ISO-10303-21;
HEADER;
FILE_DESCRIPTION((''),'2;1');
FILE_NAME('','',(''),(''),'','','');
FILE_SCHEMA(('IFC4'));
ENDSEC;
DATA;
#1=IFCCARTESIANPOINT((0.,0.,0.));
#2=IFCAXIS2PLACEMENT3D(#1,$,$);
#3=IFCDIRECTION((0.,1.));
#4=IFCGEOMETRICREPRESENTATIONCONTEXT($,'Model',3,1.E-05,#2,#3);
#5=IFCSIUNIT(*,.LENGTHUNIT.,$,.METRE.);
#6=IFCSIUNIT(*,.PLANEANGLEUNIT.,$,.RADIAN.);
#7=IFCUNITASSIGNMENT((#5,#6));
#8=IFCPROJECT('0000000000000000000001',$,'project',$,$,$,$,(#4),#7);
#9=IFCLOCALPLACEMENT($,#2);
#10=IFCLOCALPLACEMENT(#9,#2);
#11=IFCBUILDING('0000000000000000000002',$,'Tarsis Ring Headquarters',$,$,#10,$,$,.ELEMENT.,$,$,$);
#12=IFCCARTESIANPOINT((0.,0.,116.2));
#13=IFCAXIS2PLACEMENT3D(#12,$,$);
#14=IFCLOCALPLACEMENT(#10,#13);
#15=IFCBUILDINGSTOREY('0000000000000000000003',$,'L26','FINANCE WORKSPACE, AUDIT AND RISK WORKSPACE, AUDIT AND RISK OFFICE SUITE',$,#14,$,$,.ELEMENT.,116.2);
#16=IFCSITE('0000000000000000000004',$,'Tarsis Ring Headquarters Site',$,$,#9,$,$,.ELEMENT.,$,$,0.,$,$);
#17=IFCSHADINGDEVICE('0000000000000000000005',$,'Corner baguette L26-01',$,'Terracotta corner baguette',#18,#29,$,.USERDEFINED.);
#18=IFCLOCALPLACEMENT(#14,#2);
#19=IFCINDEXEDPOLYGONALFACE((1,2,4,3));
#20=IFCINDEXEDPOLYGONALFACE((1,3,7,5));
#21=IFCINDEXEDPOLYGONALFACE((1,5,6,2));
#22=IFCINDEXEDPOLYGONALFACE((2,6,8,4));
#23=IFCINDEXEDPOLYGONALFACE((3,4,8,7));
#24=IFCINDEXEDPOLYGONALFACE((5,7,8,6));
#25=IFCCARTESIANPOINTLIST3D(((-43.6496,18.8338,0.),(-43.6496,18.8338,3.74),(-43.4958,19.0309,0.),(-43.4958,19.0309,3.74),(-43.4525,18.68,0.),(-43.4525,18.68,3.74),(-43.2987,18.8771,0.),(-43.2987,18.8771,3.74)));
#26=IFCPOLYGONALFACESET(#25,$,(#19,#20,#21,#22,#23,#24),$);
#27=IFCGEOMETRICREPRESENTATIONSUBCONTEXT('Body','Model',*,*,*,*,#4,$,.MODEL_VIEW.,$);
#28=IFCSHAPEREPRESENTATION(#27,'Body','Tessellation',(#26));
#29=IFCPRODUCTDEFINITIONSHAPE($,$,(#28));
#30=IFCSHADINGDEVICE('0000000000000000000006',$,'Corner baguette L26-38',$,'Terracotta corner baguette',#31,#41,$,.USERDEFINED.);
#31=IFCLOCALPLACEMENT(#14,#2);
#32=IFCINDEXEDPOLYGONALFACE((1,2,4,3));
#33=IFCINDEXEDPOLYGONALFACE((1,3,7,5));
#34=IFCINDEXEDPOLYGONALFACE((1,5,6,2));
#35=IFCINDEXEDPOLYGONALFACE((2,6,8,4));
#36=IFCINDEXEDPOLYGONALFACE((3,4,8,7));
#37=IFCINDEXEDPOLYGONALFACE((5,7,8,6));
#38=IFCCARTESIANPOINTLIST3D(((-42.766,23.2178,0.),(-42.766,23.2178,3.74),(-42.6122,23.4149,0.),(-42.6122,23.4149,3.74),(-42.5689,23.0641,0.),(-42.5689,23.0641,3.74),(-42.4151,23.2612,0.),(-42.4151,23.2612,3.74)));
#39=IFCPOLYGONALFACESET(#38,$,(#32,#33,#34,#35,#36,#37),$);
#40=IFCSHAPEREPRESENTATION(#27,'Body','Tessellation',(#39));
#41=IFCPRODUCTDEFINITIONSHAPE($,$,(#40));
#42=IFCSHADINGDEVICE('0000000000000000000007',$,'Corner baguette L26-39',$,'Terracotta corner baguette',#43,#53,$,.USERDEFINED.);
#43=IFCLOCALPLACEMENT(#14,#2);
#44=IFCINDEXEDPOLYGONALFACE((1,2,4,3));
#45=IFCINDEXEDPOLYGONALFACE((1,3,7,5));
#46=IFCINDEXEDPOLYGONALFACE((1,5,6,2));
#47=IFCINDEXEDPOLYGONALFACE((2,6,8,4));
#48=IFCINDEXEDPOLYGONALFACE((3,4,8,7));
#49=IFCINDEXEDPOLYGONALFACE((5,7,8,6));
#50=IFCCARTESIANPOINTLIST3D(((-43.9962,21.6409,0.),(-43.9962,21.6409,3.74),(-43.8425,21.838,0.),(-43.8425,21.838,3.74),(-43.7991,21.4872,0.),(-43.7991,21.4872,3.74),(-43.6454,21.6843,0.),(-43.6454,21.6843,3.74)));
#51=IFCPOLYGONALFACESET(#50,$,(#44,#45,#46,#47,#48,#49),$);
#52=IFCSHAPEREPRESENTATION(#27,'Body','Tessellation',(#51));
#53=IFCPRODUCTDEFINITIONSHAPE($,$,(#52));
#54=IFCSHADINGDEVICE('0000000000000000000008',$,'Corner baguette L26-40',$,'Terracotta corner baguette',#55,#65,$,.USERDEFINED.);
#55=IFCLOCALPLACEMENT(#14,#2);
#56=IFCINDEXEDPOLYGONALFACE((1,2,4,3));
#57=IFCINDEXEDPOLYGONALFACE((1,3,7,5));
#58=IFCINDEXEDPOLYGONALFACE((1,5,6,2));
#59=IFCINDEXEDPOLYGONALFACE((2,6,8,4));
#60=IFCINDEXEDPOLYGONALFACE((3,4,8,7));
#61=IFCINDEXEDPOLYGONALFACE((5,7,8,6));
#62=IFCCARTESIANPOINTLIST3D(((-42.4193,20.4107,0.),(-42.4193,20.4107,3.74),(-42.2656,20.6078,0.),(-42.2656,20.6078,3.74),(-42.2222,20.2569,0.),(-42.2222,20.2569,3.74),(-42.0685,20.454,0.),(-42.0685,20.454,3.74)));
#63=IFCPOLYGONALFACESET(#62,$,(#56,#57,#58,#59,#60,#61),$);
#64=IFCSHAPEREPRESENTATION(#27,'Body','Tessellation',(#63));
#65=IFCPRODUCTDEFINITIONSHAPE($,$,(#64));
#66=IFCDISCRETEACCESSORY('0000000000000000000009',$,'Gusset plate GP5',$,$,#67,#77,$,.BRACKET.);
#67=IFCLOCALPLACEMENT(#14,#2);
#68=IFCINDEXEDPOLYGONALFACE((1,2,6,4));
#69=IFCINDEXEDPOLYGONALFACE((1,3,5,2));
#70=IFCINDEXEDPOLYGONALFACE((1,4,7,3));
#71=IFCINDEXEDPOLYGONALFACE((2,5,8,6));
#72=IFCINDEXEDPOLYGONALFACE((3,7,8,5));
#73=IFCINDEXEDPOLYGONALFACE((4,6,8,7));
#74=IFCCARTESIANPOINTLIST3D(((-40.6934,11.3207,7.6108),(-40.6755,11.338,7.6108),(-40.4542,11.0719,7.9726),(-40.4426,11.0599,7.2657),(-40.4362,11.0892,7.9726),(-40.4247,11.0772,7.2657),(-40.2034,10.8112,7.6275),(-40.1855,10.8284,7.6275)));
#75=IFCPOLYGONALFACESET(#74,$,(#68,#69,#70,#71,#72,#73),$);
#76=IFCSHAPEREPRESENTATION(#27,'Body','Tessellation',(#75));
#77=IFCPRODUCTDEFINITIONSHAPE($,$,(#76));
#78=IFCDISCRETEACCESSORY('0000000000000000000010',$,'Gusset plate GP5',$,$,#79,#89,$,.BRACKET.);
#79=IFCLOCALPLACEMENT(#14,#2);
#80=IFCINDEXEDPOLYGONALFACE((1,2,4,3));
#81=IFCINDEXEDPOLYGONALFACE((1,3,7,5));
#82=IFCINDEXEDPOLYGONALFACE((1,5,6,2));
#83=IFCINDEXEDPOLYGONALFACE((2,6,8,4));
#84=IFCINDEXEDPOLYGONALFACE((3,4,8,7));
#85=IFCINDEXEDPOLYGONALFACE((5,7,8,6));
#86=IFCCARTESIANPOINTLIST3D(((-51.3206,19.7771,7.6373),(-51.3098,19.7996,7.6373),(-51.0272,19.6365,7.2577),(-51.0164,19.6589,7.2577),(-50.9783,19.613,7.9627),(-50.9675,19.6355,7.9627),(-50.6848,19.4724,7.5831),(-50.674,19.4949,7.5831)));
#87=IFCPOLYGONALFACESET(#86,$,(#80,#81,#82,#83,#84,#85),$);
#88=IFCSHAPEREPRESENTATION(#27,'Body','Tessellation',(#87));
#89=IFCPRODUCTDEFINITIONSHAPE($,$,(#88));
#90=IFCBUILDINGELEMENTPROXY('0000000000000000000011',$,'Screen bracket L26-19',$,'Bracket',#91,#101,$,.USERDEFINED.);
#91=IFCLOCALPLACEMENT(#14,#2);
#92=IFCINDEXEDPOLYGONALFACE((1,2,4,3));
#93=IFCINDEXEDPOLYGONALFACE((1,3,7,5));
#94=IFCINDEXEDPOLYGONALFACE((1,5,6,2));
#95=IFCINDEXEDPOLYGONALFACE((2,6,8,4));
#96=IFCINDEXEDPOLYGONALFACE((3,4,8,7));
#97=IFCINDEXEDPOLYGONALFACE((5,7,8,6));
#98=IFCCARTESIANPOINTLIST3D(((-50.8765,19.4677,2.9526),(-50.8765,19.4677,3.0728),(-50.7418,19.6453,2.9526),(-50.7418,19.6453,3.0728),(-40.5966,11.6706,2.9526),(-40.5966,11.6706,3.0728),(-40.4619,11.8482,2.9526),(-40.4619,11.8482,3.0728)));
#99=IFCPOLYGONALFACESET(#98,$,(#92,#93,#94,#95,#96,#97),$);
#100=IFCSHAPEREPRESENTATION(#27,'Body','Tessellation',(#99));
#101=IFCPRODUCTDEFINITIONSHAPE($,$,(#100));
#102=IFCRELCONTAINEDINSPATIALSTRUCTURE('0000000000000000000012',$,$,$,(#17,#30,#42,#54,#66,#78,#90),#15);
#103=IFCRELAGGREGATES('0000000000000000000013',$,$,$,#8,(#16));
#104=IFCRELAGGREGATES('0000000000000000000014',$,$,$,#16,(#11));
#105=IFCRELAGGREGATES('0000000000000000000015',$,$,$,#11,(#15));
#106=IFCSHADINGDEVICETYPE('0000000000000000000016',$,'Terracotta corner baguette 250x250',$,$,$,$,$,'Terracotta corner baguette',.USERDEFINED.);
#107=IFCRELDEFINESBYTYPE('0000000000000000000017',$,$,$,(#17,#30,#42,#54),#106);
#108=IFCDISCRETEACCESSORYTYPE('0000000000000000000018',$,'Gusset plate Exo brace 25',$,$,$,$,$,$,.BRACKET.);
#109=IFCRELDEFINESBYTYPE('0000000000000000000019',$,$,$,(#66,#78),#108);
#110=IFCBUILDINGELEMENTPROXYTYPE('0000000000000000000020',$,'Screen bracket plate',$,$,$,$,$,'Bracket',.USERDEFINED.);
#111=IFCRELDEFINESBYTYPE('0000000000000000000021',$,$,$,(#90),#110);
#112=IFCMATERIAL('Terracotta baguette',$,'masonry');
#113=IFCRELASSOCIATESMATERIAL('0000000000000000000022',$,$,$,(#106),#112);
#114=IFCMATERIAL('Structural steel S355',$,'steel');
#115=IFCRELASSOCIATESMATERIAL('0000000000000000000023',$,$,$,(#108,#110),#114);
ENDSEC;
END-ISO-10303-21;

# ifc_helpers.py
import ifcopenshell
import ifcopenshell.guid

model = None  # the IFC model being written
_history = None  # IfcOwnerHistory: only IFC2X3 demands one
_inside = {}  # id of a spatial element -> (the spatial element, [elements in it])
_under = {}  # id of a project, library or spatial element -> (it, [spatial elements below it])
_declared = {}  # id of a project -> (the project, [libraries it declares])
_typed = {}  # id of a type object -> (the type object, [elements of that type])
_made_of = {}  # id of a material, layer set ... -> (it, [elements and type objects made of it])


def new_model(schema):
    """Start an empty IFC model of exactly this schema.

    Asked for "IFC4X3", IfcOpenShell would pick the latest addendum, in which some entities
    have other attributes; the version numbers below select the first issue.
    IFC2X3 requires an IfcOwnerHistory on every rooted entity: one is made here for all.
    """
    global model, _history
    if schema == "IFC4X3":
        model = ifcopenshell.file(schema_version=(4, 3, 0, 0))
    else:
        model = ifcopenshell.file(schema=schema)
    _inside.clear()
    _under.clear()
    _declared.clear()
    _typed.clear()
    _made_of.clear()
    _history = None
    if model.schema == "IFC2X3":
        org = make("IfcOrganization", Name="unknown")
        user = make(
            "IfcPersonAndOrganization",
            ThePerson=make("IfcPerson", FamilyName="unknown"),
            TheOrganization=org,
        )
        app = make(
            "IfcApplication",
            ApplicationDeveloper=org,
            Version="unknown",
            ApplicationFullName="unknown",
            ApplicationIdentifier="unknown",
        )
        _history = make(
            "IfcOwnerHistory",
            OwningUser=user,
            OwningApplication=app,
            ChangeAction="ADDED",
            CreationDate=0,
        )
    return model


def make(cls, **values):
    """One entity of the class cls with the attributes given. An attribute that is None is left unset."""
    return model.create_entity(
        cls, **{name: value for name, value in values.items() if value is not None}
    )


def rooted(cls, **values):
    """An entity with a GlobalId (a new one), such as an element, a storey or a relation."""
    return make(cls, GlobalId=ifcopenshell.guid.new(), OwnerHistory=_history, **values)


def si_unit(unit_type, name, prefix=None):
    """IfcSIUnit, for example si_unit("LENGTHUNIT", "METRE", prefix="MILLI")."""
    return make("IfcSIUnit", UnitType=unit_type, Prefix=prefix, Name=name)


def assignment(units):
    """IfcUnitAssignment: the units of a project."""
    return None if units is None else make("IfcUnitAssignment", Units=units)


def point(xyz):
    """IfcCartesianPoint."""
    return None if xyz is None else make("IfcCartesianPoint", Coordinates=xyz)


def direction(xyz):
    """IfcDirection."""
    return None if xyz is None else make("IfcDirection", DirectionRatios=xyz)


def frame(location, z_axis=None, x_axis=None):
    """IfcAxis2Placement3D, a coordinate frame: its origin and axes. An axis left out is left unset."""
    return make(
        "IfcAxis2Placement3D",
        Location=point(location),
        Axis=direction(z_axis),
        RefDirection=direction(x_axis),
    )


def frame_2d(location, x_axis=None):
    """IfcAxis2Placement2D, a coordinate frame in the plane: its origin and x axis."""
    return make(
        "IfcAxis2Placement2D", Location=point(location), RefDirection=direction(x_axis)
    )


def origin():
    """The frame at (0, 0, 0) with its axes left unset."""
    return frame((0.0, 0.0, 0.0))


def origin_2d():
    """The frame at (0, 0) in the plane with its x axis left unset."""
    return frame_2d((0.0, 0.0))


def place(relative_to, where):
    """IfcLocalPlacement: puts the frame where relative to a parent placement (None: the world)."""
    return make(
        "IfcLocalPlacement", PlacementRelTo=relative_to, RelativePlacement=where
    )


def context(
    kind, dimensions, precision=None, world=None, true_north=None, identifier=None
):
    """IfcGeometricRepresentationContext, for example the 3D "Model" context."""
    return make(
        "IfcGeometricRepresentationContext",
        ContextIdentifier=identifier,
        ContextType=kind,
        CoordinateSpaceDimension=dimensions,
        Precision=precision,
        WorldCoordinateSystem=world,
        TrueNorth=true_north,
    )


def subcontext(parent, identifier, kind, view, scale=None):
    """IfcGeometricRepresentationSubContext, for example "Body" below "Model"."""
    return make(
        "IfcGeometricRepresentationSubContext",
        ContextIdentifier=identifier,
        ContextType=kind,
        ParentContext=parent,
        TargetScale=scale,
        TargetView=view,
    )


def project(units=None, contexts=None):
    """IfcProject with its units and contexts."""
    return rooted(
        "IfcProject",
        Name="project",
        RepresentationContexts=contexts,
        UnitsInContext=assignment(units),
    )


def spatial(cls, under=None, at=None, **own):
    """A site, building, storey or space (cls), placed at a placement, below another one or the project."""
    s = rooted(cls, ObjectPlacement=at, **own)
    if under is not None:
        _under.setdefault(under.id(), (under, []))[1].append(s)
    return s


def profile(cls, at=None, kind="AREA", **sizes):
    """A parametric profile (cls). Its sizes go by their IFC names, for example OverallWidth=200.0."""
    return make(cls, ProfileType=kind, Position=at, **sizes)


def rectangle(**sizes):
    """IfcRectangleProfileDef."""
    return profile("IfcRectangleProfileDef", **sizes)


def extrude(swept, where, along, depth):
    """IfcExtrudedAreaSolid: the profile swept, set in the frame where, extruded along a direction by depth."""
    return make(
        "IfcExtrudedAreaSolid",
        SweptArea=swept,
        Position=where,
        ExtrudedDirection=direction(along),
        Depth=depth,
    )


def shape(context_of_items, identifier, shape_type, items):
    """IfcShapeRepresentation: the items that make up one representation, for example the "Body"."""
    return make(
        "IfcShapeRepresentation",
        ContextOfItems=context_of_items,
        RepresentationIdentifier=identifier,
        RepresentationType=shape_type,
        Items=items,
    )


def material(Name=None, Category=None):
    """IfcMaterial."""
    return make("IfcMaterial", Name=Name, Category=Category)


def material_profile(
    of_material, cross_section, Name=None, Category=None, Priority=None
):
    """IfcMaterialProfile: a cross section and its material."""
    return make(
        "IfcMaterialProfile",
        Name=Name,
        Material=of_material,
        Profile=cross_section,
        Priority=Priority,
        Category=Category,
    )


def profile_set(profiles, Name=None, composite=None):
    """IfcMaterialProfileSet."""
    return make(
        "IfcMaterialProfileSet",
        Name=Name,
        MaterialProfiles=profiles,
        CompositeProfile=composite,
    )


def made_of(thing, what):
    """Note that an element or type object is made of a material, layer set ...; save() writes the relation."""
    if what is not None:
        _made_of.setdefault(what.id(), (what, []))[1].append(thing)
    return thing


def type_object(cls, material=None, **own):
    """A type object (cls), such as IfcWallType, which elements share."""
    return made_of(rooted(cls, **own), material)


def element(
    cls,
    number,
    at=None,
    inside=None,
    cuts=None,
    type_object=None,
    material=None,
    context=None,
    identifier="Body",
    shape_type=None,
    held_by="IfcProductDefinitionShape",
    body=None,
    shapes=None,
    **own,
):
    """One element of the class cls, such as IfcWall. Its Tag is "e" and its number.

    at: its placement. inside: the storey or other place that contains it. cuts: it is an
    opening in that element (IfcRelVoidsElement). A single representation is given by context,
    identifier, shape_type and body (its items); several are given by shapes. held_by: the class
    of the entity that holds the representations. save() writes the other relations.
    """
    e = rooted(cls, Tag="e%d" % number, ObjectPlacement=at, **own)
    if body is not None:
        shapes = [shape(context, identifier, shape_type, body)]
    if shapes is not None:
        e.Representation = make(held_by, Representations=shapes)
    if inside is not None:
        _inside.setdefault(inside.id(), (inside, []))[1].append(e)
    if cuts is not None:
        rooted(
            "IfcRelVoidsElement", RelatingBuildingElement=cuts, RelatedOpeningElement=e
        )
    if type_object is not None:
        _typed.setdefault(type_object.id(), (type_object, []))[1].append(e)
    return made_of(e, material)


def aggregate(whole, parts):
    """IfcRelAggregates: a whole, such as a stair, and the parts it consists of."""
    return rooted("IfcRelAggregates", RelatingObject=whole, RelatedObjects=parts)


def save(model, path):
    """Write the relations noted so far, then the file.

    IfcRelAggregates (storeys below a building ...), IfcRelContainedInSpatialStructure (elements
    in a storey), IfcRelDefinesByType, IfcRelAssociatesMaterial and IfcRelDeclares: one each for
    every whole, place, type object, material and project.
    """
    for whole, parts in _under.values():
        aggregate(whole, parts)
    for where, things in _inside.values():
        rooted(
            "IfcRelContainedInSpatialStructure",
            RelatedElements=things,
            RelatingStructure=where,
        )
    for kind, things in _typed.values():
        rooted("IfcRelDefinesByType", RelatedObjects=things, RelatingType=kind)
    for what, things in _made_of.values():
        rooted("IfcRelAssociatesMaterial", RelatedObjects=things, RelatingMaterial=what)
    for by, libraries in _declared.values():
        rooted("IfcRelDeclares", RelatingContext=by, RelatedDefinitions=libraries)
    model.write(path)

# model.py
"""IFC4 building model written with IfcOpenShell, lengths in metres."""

from ifc_helpers import new_model, si_unit, direction, frame, origin, origin_2d, place, context, subcontext, project, spatial, rectangle, extrude, material, material_profile, profile_set, type_object, element, save


model = new_model("IFC4")

# Units and contexts
model_context = context("Model", 3, precision=1e-05, world=origin(), true_north=direction((0.0, 1.0)))
body_context = subcontext(model_context, "Body", "Model", "MODEL_VIEW")
ifc_project = project(units=[si_unit("LENGTHUNIT", "METRE"), si_unit("PLANEANGLEUNIT", "RADIAN")], contexts=[model_context])

# Site, building, storey
site_placement = place(None, origin())
site = spatial("IfcSite", under=ifc_project, at=site_placement, Name="Tarsis Ring Headquarters Site", CompositionType="ELEMENT", RefElevation=0.0)
building_placement = place(site_placement, origin())
building = spatial("IfcBuilding", under=site, at=building_placement, Name="Tarsis Ring Headquarters", CompositionType="ELEMENT")
storey_placement = place(building_placement, frame((0.0, 0.0, 116.2)))
storey = spatial("IfcBuildingStorey", under=building, at=storey_placement, Name="L26", Description="FINANCE WORKSPACE, AUDIT AND RISK WORKSPACE, AUDIT AND RISK OFFICE SUITE", CompositionType="ELEMENT", Elevation=116.2)

# Shared definitions
ifc_material_1 = material(Name="Structural steel S355", Category="steel")

# Shading devices
ifc_material_2 = material(Name="Terracotta baguette", Category="masonry")
shading_device_type_1 = type_object("IfcShadingDeviceType", Name="Terracotta corner baguette 250x250", ElementType="Terracotta corner baguette", PredefinedType="USERDEFINED", material=ifc_material_2)
for number, where, z_axis, x_axis, name in (
    (1, (-43.4741, 18.8555, 0.0), (0.0, 0.0, 1.0), (-0.615111, -0.78844, 0.0), "Corner baguette L26-01"),
    (2, (-42.5906, 23.2395, 0.0), (0.0, 0.0, 1.0), (0.78844, -0.615112, 0.0), "Corner baguette L26-38"),
    (3, (-43.8208, 21.6626, 0.0), (0.0, 0.0, 1.0), (-0.615111, -0.788441, 0.0), "Corner baguette L26-39"),
    (4, (-42.2439, 20.4324, 0.0), (0.0, 0.0, 1.0), (0.78844, -0.615111, 0.0), "Corner baguette L26-40"),
):
    element("IfcShadingDevice", number, at=place(storey_placement, frame(where, z_axis=z_axis, x_axis=x_axis)), inside=storey, type_object=shading_device_type_1, Name=name, ObjectType="Terracotta corner baguette", PredefinedType="USERDEFINED", context=body_context, shape_type="SweptSolid", body=[
        extrude(rectangle(XDim=0.25, YDim=0.25, at=origin_2d()), origin(), (0.0, 0.0, 1.0), 3.74),
    ])

# Discrete accessories
ifc_material_profile_1 = material_profile(ifc_material_1, rectangle(XDim=0.0249, YDim=0.5, at=origin_2d()), Name="PL 25x500")
ifc_profile_set_1 = profile_set([ifc_material_profile_1], Name="Structural steel S355")
discrete_accessory_type = type_object("IfcDiscreteAccessoryType", Name="Gusset plate Exo brace 25", PredefinedType="BRACKET", material=ifc_profile_set_1)
for number, where, z_axis, x_axis, name in (
    (5, (-40.3198, 10.9502, 7.8), (-0.478471, 0.497512, -0.723565), (-0.720765, -0.693179, 0.0), "Gusset plate GP5"),
    (6, (-51.144, 19.7063, 7.8), (0.586893, -0.28124, -0.75925), (0.432146, 0.901804, 0.0), "Gusset plate GP5"),
):
    element("IfcDiscreteAccessory", number, at=place(storey_placement, frame(where, z_axis=z_axis, x_axis=x_axis)), inside=storey, type_object=discrete_accessory_type, Name=name, PredefinedType="BRACKET", context=body_context, shape_type="SweptSolid", body=[
        extrude(rectangle(XDim=0.0249, YDim=0.5, at=origin_2d()), origin(), (0.0, 0.0, 1.0), 0.5),
    ])

# Building element proxy
building_element_proxy_type = type_object("IfcBuildingElementProxyType", Name="Screen bracket plate", ElementType="Bracket", PredefinedType="USERDEFINED", material=ifc_material_1)
proxy_placement = place(storey_placement, frame((-45.6692, 15.658, 2.9526), z_axis=(0.0, 0.0, 1.0), x_axis=(0.796741, -0.604321, 0.0)))
element("IfcBuildingElementProxy", 7, at=proxy_placement, inside=storey, type_object=building_element_proxy_type, Name="Screen bracket L26-19", ObjectType="Bracket", PredefinedType="USERDEFINED", context=body_context, shape_type="SweptSolid", body=[
    extrude(rectangle(XDim=12.9023, YDim=0.2229, at=origin_2d()), origin(), (0.0, 0.0, 1.0), 0.1201),
])

save(model, "model.ifc")
